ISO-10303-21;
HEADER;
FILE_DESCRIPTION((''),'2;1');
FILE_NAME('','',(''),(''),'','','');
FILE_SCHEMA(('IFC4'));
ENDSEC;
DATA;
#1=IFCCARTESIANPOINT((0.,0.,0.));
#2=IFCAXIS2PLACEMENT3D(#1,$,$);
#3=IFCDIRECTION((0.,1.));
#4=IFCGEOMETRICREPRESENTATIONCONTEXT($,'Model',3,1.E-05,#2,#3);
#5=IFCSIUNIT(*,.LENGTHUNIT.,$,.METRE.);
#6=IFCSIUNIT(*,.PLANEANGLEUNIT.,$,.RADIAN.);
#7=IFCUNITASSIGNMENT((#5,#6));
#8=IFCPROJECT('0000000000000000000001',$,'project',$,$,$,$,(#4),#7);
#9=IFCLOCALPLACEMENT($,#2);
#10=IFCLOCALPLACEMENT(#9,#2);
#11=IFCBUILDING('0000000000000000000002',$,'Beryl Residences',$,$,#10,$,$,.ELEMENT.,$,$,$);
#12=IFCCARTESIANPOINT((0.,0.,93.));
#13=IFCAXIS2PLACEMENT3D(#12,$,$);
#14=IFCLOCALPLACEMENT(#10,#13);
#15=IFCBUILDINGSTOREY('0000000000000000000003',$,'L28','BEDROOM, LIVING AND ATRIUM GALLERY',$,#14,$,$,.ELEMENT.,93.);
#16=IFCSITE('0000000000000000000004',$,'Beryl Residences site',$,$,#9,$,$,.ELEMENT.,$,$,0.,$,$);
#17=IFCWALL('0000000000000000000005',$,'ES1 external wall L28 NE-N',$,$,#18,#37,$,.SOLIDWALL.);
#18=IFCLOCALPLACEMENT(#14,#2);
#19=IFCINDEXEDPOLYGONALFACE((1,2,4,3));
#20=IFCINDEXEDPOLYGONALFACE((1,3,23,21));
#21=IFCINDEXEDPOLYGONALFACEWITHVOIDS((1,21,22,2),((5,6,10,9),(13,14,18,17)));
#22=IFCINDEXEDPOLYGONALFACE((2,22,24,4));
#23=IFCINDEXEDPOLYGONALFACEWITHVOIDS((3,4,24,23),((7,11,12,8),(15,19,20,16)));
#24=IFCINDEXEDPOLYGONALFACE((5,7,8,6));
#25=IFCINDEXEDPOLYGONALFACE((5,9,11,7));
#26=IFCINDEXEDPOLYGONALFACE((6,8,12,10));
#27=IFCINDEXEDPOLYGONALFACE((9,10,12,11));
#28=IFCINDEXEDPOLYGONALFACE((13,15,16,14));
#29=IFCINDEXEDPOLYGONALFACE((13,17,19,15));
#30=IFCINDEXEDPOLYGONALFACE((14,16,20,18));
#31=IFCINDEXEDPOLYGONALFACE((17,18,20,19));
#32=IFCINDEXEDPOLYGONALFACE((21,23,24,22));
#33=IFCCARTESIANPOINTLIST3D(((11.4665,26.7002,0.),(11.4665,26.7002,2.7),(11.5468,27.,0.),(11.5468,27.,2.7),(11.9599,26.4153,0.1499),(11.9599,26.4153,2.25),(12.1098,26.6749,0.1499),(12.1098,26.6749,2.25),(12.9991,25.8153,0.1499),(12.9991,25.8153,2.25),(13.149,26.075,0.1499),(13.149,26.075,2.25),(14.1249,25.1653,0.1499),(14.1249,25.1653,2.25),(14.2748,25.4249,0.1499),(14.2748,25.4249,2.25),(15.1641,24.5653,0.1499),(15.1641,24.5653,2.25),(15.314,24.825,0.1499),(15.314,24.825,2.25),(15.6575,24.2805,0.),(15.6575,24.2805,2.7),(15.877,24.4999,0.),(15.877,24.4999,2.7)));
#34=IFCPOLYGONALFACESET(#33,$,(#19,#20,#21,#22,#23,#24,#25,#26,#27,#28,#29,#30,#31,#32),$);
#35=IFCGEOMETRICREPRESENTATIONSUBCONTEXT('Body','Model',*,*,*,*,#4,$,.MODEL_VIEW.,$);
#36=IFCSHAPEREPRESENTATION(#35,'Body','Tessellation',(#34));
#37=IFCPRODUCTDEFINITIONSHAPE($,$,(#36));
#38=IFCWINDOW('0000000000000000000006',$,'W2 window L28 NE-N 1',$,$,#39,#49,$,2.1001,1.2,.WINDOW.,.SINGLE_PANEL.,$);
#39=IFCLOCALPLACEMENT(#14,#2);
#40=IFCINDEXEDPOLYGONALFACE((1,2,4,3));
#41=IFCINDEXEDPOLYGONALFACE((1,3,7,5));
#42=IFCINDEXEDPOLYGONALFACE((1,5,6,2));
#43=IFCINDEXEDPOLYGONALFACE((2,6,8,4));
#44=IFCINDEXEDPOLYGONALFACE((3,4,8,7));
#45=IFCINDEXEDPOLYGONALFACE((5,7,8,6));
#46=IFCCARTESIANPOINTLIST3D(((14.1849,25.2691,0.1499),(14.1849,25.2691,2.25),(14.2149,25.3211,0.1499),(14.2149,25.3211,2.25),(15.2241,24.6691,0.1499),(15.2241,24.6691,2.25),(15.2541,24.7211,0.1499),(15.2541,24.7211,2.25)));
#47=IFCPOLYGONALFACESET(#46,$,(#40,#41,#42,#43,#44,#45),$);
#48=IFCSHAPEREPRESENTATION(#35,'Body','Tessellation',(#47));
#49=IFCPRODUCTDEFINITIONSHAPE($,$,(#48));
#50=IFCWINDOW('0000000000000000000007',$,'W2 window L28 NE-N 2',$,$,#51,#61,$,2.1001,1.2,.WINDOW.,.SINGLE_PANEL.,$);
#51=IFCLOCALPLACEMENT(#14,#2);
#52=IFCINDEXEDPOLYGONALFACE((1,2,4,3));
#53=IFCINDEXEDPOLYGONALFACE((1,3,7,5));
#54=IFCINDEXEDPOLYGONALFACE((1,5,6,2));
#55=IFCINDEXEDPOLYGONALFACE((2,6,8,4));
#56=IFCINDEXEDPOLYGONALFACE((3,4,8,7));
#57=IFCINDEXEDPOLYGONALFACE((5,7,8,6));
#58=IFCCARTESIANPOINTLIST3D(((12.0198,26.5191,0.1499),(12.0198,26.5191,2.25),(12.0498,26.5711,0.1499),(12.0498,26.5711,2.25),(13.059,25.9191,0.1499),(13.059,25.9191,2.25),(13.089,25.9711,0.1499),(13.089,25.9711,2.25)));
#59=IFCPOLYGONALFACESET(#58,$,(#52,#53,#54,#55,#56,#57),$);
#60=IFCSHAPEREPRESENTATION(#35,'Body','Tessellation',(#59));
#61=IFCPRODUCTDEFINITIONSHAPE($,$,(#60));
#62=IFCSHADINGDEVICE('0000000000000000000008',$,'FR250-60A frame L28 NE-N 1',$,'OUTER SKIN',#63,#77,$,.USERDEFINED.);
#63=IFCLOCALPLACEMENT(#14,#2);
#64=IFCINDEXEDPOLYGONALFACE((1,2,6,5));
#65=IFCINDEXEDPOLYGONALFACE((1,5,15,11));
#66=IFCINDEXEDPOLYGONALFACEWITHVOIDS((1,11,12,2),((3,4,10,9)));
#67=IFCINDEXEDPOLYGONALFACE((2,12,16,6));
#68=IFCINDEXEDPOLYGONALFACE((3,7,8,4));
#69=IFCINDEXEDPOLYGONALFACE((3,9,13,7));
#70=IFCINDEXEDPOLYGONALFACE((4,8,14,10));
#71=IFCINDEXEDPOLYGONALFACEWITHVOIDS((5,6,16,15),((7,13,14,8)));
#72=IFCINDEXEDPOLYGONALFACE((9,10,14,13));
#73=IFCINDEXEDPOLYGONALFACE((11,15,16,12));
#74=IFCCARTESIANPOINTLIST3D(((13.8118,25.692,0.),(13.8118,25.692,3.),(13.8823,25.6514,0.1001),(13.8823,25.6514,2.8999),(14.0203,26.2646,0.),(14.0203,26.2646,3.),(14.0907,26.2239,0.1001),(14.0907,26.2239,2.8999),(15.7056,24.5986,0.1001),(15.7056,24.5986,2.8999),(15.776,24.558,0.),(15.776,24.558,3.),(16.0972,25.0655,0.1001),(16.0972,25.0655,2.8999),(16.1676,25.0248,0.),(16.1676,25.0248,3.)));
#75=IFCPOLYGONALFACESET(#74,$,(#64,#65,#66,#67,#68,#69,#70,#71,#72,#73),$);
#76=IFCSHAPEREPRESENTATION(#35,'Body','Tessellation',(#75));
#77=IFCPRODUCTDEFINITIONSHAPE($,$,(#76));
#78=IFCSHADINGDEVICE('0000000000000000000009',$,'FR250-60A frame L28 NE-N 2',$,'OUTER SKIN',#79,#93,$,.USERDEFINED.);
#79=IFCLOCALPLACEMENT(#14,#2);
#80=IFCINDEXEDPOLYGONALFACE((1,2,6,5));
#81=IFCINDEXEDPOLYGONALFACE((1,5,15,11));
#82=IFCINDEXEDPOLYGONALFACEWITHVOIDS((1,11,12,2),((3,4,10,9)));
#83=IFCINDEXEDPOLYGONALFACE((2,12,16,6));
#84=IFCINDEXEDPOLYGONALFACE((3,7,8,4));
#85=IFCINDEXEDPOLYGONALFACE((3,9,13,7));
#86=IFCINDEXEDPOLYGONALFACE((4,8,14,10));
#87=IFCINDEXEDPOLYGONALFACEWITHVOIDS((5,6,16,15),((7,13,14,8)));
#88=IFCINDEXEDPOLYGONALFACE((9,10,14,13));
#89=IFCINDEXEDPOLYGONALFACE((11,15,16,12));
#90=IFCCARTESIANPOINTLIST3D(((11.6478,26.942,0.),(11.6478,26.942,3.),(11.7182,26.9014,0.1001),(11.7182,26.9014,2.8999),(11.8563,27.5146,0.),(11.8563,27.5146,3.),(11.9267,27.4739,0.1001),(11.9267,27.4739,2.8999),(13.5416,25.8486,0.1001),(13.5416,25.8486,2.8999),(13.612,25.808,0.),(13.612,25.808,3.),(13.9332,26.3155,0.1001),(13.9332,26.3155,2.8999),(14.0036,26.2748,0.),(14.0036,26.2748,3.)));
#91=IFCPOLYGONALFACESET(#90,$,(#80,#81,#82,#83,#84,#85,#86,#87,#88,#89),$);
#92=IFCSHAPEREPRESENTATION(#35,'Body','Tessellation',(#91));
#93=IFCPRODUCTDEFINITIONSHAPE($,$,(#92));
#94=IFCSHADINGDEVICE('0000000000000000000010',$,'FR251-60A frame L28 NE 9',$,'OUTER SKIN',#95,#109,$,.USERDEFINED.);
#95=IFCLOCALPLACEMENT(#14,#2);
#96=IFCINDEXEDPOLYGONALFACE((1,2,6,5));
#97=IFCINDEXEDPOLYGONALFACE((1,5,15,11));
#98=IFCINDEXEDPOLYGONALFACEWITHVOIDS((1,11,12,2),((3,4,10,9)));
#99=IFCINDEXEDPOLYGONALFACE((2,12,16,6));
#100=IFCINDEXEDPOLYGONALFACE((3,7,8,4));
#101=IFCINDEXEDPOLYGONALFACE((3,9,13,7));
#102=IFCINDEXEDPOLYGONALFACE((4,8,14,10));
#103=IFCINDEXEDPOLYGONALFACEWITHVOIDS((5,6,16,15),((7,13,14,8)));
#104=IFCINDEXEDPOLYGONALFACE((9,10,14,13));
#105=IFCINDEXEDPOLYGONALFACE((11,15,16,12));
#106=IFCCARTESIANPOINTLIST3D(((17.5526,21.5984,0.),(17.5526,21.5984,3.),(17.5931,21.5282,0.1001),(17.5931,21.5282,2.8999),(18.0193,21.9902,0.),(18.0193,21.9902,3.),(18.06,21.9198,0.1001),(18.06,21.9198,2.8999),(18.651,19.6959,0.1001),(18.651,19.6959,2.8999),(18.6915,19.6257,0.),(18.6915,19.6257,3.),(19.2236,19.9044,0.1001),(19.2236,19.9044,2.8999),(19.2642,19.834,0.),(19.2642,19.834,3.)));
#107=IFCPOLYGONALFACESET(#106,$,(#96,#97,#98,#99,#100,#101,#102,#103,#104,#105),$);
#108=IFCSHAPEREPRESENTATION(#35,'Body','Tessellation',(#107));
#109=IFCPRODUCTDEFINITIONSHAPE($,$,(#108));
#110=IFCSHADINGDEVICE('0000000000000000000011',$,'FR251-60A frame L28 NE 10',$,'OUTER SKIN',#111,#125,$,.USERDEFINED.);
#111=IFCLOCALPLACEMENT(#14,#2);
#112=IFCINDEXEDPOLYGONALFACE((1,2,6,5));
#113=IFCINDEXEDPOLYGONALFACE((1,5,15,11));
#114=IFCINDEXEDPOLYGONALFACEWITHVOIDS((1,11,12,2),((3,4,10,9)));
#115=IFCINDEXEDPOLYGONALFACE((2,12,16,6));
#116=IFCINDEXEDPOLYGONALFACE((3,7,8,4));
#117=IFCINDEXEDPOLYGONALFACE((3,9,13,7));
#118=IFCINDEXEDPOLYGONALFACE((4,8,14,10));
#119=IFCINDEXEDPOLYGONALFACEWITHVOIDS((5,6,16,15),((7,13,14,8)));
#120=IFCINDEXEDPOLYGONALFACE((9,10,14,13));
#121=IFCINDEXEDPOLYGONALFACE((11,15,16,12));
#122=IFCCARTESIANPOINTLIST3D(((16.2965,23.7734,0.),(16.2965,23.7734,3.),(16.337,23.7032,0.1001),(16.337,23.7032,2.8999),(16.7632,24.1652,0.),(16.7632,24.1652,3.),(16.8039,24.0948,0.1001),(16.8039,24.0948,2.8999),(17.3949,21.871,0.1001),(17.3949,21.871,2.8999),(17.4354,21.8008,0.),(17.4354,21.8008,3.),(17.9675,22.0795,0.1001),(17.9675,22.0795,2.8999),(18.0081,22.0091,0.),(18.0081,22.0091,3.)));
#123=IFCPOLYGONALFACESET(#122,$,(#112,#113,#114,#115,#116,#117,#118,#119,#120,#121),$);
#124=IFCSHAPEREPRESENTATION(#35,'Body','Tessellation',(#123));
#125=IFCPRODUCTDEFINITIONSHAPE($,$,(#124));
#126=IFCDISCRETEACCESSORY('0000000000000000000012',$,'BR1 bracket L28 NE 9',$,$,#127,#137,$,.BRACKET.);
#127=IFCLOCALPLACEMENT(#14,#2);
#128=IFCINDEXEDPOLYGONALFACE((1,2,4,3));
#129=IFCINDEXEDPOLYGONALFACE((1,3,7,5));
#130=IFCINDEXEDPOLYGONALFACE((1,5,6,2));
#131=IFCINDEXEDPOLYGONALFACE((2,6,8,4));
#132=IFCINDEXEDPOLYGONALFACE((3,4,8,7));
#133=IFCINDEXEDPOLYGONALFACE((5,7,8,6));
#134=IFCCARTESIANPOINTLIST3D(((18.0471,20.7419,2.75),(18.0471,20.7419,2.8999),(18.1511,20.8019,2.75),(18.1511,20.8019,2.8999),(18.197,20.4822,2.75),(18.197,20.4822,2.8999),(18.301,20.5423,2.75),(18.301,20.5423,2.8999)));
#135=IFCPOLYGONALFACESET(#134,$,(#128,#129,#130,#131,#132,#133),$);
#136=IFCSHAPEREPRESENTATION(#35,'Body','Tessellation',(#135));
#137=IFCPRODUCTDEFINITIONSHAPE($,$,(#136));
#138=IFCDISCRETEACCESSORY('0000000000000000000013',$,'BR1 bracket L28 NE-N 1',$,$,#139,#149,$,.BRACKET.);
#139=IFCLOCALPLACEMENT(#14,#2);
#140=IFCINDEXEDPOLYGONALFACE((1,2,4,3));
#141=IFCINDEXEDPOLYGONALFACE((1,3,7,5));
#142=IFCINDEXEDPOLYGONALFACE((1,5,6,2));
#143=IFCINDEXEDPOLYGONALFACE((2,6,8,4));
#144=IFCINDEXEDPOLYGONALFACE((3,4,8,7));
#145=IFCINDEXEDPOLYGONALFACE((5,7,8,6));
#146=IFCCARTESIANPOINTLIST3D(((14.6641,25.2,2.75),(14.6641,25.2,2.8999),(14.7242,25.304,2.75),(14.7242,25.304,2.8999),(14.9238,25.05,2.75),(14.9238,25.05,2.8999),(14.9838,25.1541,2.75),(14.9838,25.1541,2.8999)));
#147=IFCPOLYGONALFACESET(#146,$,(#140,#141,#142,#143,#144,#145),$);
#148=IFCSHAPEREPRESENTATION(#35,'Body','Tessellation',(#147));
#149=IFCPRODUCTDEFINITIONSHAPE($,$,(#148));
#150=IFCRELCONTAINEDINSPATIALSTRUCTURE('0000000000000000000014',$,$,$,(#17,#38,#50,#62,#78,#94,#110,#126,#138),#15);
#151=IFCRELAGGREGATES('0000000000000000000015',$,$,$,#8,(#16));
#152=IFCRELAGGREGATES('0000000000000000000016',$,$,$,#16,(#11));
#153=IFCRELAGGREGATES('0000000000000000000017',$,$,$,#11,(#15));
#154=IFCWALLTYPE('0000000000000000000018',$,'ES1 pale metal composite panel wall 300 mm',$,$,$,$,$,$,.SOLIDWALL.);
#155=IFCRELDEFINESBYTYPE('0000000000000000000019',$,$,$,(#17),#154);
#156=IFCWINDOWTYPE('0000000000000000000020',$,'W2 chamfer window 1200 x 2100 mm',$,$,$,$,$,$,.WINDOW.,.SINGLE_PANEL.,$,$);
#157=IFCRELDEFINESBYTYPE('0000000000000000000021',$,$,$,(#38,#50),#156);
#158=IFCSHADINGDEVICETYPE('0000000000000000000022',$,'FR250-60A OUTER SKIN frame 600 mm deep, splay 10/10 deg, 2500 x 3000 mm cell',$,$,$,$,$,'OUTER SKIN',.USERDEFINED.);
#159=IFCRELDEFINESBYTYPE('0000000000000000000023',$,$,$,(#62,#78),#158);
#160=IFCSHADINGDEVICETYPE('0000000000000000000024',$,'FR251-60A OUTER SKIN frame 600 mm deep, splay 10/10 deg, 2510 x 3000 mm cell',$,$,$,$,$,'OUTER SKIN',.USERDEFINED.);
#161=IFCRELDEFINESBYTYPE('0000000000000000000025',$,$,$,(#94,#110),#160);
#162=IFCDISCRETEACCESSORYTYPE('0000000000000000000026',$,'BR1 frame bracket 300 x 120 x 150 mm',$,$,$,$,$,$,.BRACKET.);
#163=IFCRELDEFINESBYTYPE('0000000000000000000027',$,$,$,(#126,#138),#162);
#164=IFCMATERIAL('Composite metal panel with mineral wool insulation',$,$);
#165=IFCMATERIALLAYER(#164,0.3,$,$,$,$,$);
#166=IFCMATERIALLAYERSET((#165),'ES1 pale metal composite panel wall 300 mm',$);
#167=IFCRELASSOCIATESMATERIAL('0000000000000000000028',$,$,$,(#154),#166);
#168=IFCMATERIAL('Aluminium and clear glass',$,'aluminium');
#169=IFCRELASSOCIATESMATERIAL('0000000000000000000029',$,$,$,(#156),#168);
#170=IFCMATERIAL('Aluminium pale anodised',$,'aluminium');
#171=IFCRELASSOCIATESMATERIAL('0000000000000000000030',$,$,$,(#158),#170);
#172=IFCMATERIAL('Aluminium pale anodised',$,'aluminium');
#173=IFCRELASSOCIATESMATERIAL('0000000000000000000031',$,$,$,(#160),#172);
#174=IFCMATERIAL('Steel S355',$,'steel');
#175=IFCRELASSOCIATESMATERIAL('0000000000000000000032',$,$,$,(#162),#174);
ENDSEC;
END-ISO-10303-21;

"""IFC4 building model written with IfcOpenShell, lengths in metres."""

from ifc_helpers import new_model, entity, si_unit, direction, frame, frame_2d, origin, place, context, subcontext, project, spatial, polyline, rectangle, outline, extrude, source, transform, mapped, material, layer, layer_set, type_object, type_shapes, element, fill, save


model = new_model("IFC4")

# Units and contexts
model_context = context("Model", 3, precision=1e-05, world=origin(), true_north=direction((0.0, 1.0)))
body_context = subcontext(model_context, "Body", "Model", "MODEL_VIEW")
ifc_project = project(units=[si_unit("LENGTHUNIT", "METRE"), si_unit("PLANEANGLEUNIT", "RADIAN")], contexts=[model_context])

# Site, building, storey
site_placement = place(None, origin())
site = spatial("IfcSite", under=ifc_project, at=site_placement, Name="Beryl Residences site", CompositionType="ELEMENT", RefElevation=0.0)
building_placement = place(site_placement, origin())
building = spatial("IfcBuilding", under=site, at=building_placement, Name="Beryl Residences", CompositionType="ELEMENT")
storey_placement = place(building_placement, frame((0.0, 0.0, 93.0)))
storey = spatial("IfcBuildingStorey", under=building, at=storey_placement, Name="L28", Description="BEDROOM, LIVING AND ATRIUM GALLERY", CompositionType="ELEMENT", Elevation=93.0)

# Wall, openings, windows
ifc_material_1 = material(Name="Composite metal panel with mineral wool insulation")
ifc_layer = layer(ifc_material_1, 0.3)
ifc_layer_set = layer_set([ifc_layer], Name="ES1 pale metal composite panel wall 300 mm")
wall_type = type_object("IfcWallType", Name="ES1 pale metal composite panel wall 300 mm", PredefinedType="SOLIDWALL", material=ifc_layer_set)
wall_1_placement = place(storey_placement, frame((15.802, 24.3701, 0.0), z_axis=(0.0, 0.0, 1.0), x_axis=(-0.866023, 0.500004, 0.0)))
wall_1 = element("IfcWall", 1, at=wall_1_placement, inside=storey, type_object=wall_type, Name="ES1 external wall L28 NE-N", PredefinedType="SOLIDWALL", context=body_context, shape_type="SweptSolid", body=[
    extrude(outline(polyline([(0.0, -0.1499), (5.0, -0.1499), (4.9197, 0.1499), (0.0803, 0.1499), (0.0, -0.1499)])), origin(), (0.0, 0.0, 1.0), 2.7),
])
opening_1_placement = place(wall_1_placement, frame((0.6499, 0.0, 0.1499)))
opening_1 = element("IfcOpeningElement", 2, at=opening_1_placement, cuts=wall_1, PredefinedType="OPENING", context=body_context, shape_type="SweptSolid", body=[
    extrude(rectangle(XDim=1.2, YDim=2.1001, at=frame_2d((0.6001, 1.05))), frame((0.0, 0.1599, 0.0), z_axis=(0.0, -1.0, 0.0), x_axis=(1.0, 0.0, 0.0)), (0.0, 0.0, 1.0), 0.3201),
])
opening_2_placement = place(wall_1_placement, frame((3.1499, 0.0, 0.1499)))
opening_2 = element("IfcOpeningElement", 3, at=opening_2_placement, cuts=wall_1, PredefinedType="OPENING", context=body_context, shape_type="SweptSolid", body=[
    extrude(rectangle(XDim=1.2, YDim=2.1001, at=frame_2d((0.6001, 1.05))), frame((0.0, 0.1599, 0.0), z_axis=(0.0, -1.0, 0.0), x_axis=(1.0, 0.0, 0.0)), (0.0, 0.0, 1.0), 0.3201),
])
ifc_material_2 = material(Name="Aluminium and clear glass", Category="aluminium")
window_type_1 = type_object("IfcWindowType", Name="W2 chamfer window 1200 x 2100 mm", PartitioningType="SINGLE_PANEL", PredefinedType="WINDOW", material=ifc_material_2)
window_1_placement = place(opening_1_placement, origin())
window_1 = element("IfcWindow", 4, at=window_1_placement, inside=storey, type_object=window_type_1, Name="W2 window L28 NE-N 1", OverallHeight=2.1001, OverallWidth=1.2, PartitioningType="SINGLE_PANEL", PredefinedType="WINDOW", context=body_context, shape_type="SweptSolid", body=[
    extrude(rectangle(XDim=1.2, YDim=2.1001, at=frame_2d((0.6001, 1.05))), frame((0.0, 0.03, 0.0), z_axis=(0.0, -1.0, 0.0), x_axis=(1.0, 0.0, 0.0)), (0.0, 0.0, 1.0), 0.0601),
])
fill(opening_1, window_1)
window_2_placement = place(opening_2_placement, origin())
window_2 = element("IfcWindow", 5, at=window_2_placement, inside=storey, type_object=window_type_1, Name="W2 window L28 NE-N 2", OverallHeight=2.1001, OverallWidth=1.2, PartitioningType="SINGLE_PANEL", PredefinedType="WINDOW", context=body_context, shape_type="SweptSolid", body=[
    extrude(rectangle(XDim=1.2, YDim=2.1001, at=frame_2d((0.6001, 1.05))), frame((0.0, 0.03, 0.0), z_axis=(0.0, -1.0, 0.0), x_axis=(1.0, 0.0, 0.0)), (0.0, 0.0, 1.0), 0.0601),
])
fill(opening_2, window_2)

# Shading devices
ifc_material_3 = material(Name="Aluminium pale anodised", Category="aluminium")
shading_device_type_1 = type_object("IfcShadingDeviceType", Name="FR250-60A OUTER SKIN frame 600 mm deep, splay 10/10 deg, 2500 x 3000 mm cell", ElementType="OUTER SKIN", PredefinedType="USERDEFINED", material=ifc_material_3)
cartesian_point_1 = entity("IfcCartesianPoint", [-1.134, 0.0])
cartesian_point_2 = entity("IfcCartesianPoint", [-1.0527, 0.1001])
cartesian_point_3 = entity("IfcCartesianPoint", [-1.2397, 0.0])
cartesian_point_4 = entity("IfcCartesianPoint", [-1.1584, 0.1001])
shared_shape_1 = source(origin(), body_context, "Body", "SweptSolid", [
    entity("IfcExtrudedAreaSolidTapered", entity("IfcArbitraryProfileDefWithVoids", "AREA", None, entity("IfcPolyline", [cartesian_point_1, entity("IfcCartesianPoint", [1.134, 0.0]), entity("IfcCartesianPoint", [1.134, 3.0]), entity("IfcCartesianPoint", [-1.134, 3.0]), cartesian_point_1]), [entity("IfcPolyline", [cartesian_point_2, entity("IfcCartesianPoint", [1.0527, 0.1001]), entity("IfcCartesianPoint", [1.0527, 2.8999]), entity("IfcCartesianPoint", [-1.0527, 2.8999]), cartesian_point_2])]), entity("IfcAxis2Placement3D", entity("IfcCartesianPoint", [0.0, 0.0, 0.0]), entity("IfcDirection", [0.0, 1.0, 0.0]), entity("IfcDirection", [-1.0, 0.0, 0.0])), entity("IfcDirection", [0.0, 0.0, 1.0]), 0.6001, entity("IfcArbitraryProfileDefWithVoids", "AREA", None, entity("IfcPolyline", [cartesian_point_3, entity("IfcCartesianPoint", [1.2397, 0.0]), entity("IfcCartesianPoint", [1.2397, 3.0]), entity("IfcCartesianPoint", [-1.2397, 3.0]), cartesian_point_3]), [entity("IfcPolyline", [cartesian_point_4, entity("IfcCartesianPoint", [1.1584, 0.1001]), entity("IfcCartesianPoint", [1.1584, 2.8999]), entity("IfcCartesianPoint", [-1.1584, 2.8999]), cartesian_point_4])])),
])
type_shapes(shading_device_type_1, [shared_shape_1])
for number, where, z_axis, x_axis, name in (
    (6, (14.7939, 25.125, 0.0), (0.0, 0.0, 1.0), (0.866025, -0.5, 0.0), "FR250-60A frame L28 NE-N 1"),
    (7, (12.6299, 26.375, 0.0), (0.0, 0.0, 1.0), (0.866025, -0.5, 0.0), "FR250-60A frame L28 NE-N 2"),
):
    element("IfcShadingDevice", number, at=place(storey_placement, frame(where, z_axis=z_axis, x_axis=x_axis)), inside=storey, type_object=shading_device_type_1, Name=name, ObjectType="OUTER SKIN", PredefinedType="USERDEFINED", context=body_context, shape_type="MappedRepresentation", body=[
        mapped(shared_shape_1, transform((0.0, 0.0, 0.0))),
    ])
ifc_material_4 = material(Name="Aluminium pale anodised", Category="aluminium")
shading_device_type_2 = type_object("IfcShadingDeviceType", Name="FR251-60A OUTER SKIN frame 600 mm deep, splay 10/10 deg, 2510 x 3000 mm cell", ElementType="OUTER SKIN", PredefinedType="USERDEFINED", material=ifc_material_4)
cartesian_point_5 = entity("IfcCartesianPoint", [-1.1389, 0.0])
cartesian_point_6 = entity("IfcCartesianPoint", [-1.0579, 0.1001])
cartesian_point_7 = entity("IfcCartesianPoint", [-1.2449, 0.0])
cartesian_point_8 = entity("IfcCartesianPoint", [-1.1636, 0.1001])
shared_shape_2 = source(origin(), body_context, "Body", "SweptSolid", [
    entity("IfcExtrudedAreaSolidTapered", entity("IfcArbitraryProfileDefWithVoids", "AREA", None, entity("IfcPolyline", [cartesian_point_5, entity("IfcCartesianPoint", [1.1389, 0.0]), entity("IfcCartesianPoint", [1.1389, 3.0]), entity("IfcCartesianPoint", [-1.1389, 3.0]), cartesian_point_5]), [entity("IfcPolyline", [cartesian_point_6, entity("IfcCartesianPoint", [1.0579, 0.1001]), entity("IfcCartesianPoint", [1.0579, 2.8999]), entity("IfcCartesianPoint", [-1.0579, 2.8999]), cartesian_point_6])]), entity("IfcAxis2Placement3D", entity("IfcCartesianPoint", [0.0, 0.0, 0.0]), entity("IfcDirection", [0.0, 1.0, 0.0]), entity("IfcDirection", [-1.0, 0.0, 0.0])), entity("IfcDirection", [0.0, 0.0, 1.0]), 0.6001, entity("IfcArbitraryProfileDefWithVoids", "AREA", None, entity("IfcPolyline", [cartesian_point_7, entity("IfcCartesianPoint", [1.2449, 0.0]), entity("IfcCartesianPoint", [1.2449, 3.0]), entity("IfcCartesianPoint", [-1.2449, 3.0]), cartesian_point_7]), [entity("IfcPolyline", [cartesian_point_8, entity("IfcCartesianPoint", [1.1636, 0.1001]), entity("IfcCartesianPoint", [1.1636, 2.8999]), entity("IfcCartesianPoint", [-1.1636, 2.8999]), cartesian_point_8])])),
])
type_shapes(shading_device_type_2, [shared_shape_2])
for number, where, z_axis, x_axis, name in (
    (8, (18.1221, 20.6121, 0.0), (0.0, 0.0, 1.0), (0.5, -0.866025, 0.0), "FR251-60A frame L28 NE 9"),
    (9, (16.866, 22.7871, 0.0), (0.0, 0.0, 1.0), (0.5, -0.866025, 0.0), "FR251-60A frame L28 NE 10"),
):
    element("IfcShadingDevice", number, at=place(storey_placement, frame(where, z_axis=z_axis, x_axis=x_axis)), inside=storey, type_object=shading_device_type_2, Name=name, ObjectType="OUTER SKIN", PredefinedType="USERDEFINED", context=body_context, shape_type="MappedRepresentation", body=[
        mapped(shared_shape_2, transform((0.0, 0.0, 0.0))),
    ])

# Discrete accessories
ifc_material_5 = material(Name="Steel S355", Category="steel")
discrete_accessory_type = type_object("IfcDiscreteAccessoryType", Name="BR1 frame bracket 300 x 120 x 150 mm", PredefinedType="BRACKET", material=ifc_material_5)
shared_shape_3 = source(origin(), body_context, "Body", "SweptSolid", [
    extrude(outline(polyline([(-0.1499, 0.0), (0.1499, 0.0), (0.1499, 0.1201), (-0.1499, 0.1201), (-0.1499, 0.0)])), origin(), (0.0, 0.0, 1.0), 0.1499),
])
type_shapes(discrete_accessory_type, [shared_shape_3])
for number, where, z_axis, x_axis, name in (
    (10, (18.1221, 20.6121, 2.75), (0.0, 0.0, 1.0), (0.5, -0.866025, 0.0), "BR1 bracket L28 NE 9"),
    (11, (14.7939, 25.125, 2.75), (0.0, 0.0, 1.0), (0.866025, -0.5, 0.0), "BR1 bracket L28 NE-N 1"),
):
    element("IfcDiscreteAccessory", number, at=place(storey_placement, frame(where, z_axis=z_axis, x_axis=x_axis)), inside=storey, type_object=discrete_accessory_type, Name=name, PredefinedType="BRACKET", context=body_context, shape_type="MappedRepresentation", body=[
        mapped(shared_shape_3, transform((0.0, 0.0, 0.0))),
    ])

save(model, "model.ifc")
